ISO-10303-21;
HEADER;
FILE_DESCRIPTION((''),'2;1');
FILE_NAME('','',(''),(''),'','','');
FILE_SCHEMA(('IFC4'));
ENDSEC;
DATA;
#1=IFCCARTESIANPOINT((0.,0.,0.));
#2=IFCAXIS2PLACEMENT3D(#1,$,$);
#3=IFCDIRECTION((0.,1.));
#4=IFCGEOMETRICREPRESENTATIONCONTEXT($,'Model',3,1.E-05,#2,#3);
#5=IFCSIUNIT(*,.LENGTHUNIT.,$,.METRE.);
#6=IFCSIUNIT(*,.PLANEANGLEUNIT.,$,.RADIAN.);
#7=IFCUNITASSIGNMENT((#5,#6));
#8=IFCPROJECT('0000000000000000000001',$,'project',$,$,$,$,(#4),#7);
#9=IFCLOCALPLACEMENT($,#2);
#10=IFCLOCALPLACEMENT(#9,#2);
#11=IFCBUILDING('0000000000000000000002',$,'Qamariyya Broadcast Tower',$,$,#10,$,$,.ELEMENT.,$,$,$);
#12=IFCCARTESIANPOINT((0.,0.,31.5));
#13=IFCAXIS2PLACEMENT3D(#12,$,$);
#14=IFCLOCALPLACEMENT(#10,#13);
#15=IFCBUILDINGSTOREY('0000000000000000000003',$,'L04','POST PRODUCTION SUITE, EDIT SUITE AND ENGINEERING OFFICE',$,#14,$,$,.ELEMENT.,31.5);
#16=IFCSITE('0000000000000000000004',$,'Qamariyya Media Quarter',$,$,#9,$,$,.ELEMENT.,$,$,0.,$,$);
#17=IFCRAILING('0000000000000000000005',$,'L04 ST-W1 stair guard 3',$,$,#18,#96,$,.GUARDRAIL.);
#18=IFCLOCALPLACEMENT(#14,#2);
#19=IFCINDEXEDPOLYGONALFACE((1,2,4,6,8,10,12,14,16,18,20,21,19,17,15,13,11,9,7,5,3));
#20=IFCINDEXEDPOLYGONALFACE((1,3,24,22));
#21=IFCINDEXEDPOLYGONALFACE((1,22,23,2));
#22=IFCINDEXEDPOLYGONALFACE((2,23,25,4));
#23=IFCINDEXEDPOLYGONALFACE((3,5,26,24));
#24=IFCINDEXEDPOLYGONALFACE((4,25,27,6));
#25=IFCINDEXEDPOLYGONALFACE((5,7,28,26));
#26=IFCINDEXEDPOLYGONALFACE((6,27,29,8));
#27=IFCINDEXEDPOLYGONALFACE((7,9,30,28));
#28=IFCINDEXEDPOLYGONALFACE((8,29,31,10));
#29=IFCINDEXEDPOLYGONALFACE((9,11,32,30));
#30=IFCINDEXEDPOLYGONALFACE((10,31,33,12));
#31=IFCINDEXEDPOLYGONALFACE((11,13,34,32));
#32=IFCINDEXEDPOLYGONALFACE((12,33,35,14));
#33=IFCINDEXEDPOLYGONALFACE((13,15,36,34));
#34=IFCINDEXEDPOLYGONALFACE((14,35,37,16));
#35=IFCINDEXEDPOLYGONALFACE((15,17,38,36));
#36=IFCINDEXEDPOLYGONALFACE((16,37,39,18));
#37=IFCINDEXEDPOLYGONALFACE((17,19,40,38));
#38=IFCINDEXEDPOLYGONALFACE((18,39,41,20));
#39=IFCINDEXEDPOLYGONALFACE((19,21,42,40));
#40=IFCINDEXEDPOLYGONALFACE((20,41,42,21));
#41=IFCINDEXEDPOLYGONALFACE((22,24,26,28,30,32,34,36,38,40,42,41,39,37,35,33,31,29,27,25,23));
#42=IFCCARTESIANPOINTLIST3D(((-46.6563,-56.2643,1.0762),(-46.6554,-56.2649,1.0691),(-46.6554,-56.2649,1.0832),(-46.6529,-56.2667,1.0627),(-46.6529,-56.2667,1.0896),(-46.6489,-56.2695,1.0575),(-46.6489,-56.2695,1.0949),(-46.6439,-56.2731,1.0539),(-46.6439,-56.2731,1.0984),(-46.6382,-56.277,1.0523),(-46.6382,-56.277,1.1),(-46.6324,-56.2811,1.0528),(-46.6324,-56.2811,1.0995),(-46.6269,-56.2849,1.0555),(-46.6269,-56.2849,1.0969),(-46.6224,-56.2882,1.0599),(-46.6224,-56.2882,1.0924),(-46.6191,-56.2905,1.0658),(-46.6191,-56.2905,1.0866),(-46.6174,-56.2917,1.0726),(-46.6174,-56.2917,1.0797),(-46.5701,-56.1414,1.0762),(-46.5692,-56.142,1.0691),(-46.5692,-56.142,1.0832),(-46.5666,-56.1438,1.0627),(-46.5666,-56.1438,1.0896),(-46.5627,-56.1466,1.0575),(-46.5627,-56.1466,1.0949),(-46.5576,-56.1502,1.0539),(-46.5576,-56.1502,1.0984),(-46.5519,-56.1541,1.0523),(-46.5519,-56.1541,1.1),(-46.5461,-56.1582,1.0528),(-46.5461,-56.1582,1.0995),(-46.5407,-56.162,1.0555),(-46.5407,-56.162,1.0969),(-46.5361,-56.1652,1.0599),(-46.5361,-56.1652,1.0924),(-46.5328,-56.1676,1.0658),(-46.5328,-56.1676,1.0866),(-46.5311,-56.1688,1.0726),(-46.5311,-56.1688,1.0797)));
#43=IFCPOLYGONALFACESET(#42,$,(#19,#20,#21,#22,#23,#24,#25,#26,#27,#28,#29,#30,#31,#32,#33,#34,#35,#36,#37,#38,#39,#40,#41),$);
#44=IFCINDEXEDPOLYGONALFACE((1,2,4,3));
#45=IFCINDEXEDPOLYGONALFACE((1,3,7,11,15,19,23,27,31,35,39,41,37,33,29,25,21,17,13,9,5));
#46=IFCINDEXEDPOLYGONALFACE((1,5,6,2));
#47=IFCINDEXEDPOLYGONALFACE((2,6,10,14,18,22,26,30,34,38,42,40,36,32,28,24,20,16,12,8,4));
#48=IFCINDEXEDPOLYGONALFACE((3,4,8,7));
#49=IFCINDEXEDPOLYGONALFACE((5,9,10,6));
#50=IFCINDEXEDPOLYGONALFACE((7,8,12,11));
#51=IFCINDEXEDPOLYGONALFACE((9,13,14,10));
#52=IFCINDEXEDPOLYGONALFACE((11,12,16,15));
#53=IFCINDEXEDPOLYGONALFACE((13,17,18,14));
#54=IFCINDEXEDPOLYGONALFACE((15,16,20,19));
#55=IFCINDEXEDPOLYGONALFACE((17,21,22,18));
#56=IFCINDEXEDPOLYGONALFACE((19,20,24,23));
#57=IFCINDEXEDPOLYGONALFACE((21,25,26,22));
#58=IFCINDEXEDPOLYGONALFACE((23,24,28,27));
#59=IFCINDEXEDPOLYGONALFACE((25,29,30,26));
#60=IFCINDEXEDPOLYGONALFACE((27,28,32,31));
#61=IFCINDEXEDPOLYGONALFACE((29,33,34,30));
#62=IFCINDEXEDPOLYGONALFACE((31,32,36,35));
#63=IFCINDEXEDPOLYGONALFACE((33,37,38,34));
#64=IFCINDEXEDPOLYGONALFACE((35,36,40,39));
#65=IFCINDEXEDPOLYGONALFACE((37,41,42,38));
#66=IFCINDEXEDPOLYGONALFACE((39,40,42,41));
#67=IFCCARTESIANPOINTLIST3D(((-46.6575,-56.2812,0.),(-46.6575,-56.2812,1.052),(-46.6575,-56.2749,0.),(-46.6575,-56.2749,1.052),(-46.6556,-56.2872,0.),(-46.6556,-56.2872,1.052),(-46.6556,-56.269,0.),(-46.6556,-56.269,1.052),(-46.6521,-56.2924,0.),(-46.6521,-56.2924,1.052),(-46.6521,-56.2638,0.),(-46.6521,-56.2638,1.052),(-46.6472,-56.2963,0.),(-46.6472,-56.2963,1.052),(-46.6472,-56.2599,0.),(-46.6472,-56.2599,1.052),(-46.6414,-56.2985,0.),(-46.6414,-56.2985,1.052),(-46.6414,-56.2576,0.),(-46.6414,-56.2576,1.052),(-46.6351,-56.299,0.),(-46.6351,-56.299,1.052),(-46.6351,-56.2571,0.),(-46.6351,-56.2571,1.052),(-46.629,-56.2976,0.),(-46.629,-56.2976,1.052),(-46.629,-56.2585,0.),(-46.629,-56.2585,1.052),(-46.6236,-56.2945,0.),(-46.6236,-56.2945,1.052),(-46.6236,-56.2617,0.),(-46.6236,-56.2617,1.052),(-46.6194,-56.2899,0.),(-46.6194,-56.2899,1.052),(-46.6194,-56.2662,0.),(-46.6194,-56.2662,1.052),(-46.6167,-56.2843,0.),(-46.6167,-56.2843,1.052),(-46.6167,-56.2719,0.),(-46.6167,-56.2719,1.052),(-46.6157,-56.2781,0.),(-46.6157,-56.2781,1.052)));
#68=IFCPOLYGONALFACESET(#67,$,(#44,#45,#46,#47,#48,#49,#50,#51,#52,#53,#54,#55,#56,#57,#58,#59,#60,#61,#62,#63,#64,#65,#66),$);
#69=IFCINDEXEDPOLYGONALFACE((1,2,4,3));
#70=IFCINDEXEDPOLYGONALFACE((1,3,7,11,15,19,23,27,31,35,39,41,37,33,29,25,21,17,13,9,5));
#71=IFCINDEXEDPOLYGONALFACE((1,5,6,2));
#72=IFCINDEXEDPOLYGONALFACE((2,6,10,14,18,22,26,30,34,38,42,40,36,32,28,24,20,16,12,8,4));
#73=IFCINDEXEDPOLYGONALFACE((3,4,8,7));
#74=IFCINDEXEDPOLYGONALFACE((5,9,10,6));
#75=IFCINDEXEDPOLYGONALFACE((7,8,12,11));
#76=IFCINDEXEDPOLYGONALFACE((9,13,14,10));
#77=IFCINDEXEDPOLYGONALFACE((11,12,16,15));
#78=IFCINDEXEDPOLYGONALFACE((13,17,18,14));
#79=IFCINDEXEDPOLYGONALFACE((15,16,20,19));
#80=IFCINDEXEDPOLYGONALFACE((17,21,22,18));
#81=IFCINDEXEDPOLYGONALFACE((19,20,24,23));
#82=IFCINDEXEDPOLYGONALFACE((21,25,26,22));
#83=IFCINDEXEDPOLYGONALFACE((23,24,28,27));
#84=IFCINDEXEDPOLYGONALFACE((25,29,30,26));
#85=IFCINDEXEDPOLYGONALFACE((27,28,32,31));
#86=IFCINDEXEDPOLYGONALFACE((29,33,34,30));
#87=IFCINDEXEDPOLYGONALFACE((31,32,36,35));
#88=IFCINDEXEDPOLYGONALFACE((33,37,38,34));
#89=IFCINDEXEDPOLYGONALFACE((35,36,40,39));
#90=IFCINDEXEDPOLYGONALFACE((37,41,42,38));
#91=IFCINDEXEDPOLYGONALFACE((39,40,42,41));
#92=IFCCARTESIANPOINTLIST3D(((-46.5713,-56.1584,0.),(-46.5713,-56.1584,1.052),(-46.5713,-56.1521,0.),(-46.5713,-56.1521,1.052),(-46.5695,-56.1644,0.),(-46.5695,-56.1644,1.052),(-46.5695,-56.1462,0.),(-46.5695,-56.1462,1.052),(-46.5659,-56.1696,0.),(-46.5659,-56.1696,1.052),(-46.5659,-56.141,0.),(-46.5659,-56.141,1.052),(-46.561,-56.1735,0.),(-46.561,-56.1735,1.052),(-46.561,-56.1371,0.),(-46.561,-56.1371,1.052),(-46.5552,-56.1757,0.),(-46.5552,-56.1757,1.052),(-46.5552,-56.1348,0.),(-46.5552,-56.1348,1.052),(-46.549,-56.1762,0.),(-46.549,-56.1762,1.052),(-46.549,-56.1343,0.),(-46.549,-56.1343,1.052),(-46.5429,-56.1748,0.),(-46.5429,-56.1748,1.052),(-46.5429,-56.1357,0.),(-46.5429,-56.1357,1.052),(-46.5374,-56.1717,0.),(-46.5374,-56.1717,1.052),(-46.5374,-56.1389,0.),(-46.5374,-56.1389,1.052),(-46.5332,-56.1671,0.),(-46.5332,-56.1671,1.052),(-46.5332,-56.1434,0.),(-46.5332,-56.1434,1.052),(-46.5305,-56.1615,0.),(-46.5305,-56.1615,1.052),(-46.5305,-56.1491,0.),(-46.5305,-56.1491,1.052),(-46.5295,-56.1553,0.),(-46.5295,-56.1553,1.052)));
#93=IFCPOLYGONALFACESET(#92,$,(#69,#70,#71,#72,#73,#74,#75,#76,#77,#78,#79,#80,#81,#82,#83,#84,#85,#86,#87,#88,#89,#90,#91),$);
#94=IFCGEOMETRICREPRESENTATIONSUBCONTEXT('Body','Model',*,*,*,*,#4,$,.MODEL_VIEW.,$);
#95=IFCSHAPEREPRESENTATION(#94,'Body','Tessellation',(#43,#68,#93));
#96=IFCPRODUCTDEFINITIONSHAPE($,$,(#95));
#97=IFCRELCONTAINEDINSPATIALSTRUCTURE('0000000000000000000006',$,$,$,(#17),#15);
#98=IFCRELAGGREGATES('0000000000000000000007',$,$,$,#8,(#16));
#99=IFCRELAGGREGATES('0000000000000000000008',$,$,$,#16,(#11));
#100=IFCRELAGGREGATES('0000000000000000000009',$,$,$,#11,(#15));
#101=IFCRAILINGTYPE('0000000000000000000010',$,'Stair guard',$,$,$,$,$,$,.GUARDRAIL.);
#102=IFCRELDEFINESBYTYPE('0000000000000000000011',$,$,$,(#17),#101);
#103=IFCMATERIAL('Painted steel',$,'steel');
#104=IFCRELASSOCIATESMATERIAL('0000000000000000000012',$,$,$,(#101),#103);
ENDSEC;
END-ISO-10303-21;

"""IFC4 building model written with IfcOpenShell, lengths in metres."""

from ifc_helpers import new_model, si_unit, direction, frame, origin, origin_2d, place, context, subcontext, project, spatial, circle, extrude, material, type_object, element, save


model = new_model("IFC4")

# Units and contexts
model_context = context("Model", 3, precision=1e-05, world=origin(), true_north=direction((0.0, 1.0)))
body_context = subcontext(model_context, "Body", "Model", "MODEL_VIEW")
ifc_project = project(units=[si_unit("LENGTHUNIT", "METRE"), si_unit("PLANEANGLEUNIT", "RADIAN")], contexts=[model_context])

# Site, building, storey
site_placement = place(None, origin())
site = spatial("IfcSite", under=ifc_project, at=site_placement, Name="Qamariyya Media Quarter", CompositionType="ELEMENT", RefElevation=0.0)
building_placement = place(site_placement, origin())
building = spatial("IfcBuilding", under=site, at=building_placement, Name="Qamariyya Broadcast Tower", CompositionType="ELEMENT")
storey_placement = place(building_placement, frame((0.0, 0.0, 31.5)))
storey = spatial("IfcBuildingStorey", under=building, at=storey_placement, Name="L04", Description="POST PRODUCTION SUITE, EDIT SUITE AND ENGINEERING OFFICE", CompositionType="ELEMENT", Elevation=31.5)

# Railing
ifc_material_1 = material(Name="Painted steel", Category="steel")
railing_type = type_object("IfcRailingType", Name="Stair guard", PredefinedType="GUARDRAIL", material=ifc_material_1)
railing_1_placement = place(storey_placement, frame((-46.6367, -56.2781, 0.0)))
element("IfcRailing", 1, at=railing_1_placement, inside=storey, type_object=railing_type, Name="L04 ST-W1 stair guard 3", PredefinedType="GUARDRAIL", context=body_context, shape_type="SweptSolid", body=[
    extrude(circle(Radius=0.0239, at=origin_2d()), frame((0.0, 0.0, 1.0762), z_axis=(0.574445, 0.818543, 0.0), x_axis=(-0.818543, 0.574445, 0.0)), (0.0, 0.0, 1.0), 0.1501),
    extrude(circle(Radius=0.021, at=origin_2d()), origin(), (0.0, 0.0, 1.0), 1.052),
    extrude(circle(Radius=0.021, at=origin_2d()), frame((0.0862, 0.1228, 0.0)), (0.0, 0.0, 1.0), 1.052),
])

save(model, "model.ifc")
